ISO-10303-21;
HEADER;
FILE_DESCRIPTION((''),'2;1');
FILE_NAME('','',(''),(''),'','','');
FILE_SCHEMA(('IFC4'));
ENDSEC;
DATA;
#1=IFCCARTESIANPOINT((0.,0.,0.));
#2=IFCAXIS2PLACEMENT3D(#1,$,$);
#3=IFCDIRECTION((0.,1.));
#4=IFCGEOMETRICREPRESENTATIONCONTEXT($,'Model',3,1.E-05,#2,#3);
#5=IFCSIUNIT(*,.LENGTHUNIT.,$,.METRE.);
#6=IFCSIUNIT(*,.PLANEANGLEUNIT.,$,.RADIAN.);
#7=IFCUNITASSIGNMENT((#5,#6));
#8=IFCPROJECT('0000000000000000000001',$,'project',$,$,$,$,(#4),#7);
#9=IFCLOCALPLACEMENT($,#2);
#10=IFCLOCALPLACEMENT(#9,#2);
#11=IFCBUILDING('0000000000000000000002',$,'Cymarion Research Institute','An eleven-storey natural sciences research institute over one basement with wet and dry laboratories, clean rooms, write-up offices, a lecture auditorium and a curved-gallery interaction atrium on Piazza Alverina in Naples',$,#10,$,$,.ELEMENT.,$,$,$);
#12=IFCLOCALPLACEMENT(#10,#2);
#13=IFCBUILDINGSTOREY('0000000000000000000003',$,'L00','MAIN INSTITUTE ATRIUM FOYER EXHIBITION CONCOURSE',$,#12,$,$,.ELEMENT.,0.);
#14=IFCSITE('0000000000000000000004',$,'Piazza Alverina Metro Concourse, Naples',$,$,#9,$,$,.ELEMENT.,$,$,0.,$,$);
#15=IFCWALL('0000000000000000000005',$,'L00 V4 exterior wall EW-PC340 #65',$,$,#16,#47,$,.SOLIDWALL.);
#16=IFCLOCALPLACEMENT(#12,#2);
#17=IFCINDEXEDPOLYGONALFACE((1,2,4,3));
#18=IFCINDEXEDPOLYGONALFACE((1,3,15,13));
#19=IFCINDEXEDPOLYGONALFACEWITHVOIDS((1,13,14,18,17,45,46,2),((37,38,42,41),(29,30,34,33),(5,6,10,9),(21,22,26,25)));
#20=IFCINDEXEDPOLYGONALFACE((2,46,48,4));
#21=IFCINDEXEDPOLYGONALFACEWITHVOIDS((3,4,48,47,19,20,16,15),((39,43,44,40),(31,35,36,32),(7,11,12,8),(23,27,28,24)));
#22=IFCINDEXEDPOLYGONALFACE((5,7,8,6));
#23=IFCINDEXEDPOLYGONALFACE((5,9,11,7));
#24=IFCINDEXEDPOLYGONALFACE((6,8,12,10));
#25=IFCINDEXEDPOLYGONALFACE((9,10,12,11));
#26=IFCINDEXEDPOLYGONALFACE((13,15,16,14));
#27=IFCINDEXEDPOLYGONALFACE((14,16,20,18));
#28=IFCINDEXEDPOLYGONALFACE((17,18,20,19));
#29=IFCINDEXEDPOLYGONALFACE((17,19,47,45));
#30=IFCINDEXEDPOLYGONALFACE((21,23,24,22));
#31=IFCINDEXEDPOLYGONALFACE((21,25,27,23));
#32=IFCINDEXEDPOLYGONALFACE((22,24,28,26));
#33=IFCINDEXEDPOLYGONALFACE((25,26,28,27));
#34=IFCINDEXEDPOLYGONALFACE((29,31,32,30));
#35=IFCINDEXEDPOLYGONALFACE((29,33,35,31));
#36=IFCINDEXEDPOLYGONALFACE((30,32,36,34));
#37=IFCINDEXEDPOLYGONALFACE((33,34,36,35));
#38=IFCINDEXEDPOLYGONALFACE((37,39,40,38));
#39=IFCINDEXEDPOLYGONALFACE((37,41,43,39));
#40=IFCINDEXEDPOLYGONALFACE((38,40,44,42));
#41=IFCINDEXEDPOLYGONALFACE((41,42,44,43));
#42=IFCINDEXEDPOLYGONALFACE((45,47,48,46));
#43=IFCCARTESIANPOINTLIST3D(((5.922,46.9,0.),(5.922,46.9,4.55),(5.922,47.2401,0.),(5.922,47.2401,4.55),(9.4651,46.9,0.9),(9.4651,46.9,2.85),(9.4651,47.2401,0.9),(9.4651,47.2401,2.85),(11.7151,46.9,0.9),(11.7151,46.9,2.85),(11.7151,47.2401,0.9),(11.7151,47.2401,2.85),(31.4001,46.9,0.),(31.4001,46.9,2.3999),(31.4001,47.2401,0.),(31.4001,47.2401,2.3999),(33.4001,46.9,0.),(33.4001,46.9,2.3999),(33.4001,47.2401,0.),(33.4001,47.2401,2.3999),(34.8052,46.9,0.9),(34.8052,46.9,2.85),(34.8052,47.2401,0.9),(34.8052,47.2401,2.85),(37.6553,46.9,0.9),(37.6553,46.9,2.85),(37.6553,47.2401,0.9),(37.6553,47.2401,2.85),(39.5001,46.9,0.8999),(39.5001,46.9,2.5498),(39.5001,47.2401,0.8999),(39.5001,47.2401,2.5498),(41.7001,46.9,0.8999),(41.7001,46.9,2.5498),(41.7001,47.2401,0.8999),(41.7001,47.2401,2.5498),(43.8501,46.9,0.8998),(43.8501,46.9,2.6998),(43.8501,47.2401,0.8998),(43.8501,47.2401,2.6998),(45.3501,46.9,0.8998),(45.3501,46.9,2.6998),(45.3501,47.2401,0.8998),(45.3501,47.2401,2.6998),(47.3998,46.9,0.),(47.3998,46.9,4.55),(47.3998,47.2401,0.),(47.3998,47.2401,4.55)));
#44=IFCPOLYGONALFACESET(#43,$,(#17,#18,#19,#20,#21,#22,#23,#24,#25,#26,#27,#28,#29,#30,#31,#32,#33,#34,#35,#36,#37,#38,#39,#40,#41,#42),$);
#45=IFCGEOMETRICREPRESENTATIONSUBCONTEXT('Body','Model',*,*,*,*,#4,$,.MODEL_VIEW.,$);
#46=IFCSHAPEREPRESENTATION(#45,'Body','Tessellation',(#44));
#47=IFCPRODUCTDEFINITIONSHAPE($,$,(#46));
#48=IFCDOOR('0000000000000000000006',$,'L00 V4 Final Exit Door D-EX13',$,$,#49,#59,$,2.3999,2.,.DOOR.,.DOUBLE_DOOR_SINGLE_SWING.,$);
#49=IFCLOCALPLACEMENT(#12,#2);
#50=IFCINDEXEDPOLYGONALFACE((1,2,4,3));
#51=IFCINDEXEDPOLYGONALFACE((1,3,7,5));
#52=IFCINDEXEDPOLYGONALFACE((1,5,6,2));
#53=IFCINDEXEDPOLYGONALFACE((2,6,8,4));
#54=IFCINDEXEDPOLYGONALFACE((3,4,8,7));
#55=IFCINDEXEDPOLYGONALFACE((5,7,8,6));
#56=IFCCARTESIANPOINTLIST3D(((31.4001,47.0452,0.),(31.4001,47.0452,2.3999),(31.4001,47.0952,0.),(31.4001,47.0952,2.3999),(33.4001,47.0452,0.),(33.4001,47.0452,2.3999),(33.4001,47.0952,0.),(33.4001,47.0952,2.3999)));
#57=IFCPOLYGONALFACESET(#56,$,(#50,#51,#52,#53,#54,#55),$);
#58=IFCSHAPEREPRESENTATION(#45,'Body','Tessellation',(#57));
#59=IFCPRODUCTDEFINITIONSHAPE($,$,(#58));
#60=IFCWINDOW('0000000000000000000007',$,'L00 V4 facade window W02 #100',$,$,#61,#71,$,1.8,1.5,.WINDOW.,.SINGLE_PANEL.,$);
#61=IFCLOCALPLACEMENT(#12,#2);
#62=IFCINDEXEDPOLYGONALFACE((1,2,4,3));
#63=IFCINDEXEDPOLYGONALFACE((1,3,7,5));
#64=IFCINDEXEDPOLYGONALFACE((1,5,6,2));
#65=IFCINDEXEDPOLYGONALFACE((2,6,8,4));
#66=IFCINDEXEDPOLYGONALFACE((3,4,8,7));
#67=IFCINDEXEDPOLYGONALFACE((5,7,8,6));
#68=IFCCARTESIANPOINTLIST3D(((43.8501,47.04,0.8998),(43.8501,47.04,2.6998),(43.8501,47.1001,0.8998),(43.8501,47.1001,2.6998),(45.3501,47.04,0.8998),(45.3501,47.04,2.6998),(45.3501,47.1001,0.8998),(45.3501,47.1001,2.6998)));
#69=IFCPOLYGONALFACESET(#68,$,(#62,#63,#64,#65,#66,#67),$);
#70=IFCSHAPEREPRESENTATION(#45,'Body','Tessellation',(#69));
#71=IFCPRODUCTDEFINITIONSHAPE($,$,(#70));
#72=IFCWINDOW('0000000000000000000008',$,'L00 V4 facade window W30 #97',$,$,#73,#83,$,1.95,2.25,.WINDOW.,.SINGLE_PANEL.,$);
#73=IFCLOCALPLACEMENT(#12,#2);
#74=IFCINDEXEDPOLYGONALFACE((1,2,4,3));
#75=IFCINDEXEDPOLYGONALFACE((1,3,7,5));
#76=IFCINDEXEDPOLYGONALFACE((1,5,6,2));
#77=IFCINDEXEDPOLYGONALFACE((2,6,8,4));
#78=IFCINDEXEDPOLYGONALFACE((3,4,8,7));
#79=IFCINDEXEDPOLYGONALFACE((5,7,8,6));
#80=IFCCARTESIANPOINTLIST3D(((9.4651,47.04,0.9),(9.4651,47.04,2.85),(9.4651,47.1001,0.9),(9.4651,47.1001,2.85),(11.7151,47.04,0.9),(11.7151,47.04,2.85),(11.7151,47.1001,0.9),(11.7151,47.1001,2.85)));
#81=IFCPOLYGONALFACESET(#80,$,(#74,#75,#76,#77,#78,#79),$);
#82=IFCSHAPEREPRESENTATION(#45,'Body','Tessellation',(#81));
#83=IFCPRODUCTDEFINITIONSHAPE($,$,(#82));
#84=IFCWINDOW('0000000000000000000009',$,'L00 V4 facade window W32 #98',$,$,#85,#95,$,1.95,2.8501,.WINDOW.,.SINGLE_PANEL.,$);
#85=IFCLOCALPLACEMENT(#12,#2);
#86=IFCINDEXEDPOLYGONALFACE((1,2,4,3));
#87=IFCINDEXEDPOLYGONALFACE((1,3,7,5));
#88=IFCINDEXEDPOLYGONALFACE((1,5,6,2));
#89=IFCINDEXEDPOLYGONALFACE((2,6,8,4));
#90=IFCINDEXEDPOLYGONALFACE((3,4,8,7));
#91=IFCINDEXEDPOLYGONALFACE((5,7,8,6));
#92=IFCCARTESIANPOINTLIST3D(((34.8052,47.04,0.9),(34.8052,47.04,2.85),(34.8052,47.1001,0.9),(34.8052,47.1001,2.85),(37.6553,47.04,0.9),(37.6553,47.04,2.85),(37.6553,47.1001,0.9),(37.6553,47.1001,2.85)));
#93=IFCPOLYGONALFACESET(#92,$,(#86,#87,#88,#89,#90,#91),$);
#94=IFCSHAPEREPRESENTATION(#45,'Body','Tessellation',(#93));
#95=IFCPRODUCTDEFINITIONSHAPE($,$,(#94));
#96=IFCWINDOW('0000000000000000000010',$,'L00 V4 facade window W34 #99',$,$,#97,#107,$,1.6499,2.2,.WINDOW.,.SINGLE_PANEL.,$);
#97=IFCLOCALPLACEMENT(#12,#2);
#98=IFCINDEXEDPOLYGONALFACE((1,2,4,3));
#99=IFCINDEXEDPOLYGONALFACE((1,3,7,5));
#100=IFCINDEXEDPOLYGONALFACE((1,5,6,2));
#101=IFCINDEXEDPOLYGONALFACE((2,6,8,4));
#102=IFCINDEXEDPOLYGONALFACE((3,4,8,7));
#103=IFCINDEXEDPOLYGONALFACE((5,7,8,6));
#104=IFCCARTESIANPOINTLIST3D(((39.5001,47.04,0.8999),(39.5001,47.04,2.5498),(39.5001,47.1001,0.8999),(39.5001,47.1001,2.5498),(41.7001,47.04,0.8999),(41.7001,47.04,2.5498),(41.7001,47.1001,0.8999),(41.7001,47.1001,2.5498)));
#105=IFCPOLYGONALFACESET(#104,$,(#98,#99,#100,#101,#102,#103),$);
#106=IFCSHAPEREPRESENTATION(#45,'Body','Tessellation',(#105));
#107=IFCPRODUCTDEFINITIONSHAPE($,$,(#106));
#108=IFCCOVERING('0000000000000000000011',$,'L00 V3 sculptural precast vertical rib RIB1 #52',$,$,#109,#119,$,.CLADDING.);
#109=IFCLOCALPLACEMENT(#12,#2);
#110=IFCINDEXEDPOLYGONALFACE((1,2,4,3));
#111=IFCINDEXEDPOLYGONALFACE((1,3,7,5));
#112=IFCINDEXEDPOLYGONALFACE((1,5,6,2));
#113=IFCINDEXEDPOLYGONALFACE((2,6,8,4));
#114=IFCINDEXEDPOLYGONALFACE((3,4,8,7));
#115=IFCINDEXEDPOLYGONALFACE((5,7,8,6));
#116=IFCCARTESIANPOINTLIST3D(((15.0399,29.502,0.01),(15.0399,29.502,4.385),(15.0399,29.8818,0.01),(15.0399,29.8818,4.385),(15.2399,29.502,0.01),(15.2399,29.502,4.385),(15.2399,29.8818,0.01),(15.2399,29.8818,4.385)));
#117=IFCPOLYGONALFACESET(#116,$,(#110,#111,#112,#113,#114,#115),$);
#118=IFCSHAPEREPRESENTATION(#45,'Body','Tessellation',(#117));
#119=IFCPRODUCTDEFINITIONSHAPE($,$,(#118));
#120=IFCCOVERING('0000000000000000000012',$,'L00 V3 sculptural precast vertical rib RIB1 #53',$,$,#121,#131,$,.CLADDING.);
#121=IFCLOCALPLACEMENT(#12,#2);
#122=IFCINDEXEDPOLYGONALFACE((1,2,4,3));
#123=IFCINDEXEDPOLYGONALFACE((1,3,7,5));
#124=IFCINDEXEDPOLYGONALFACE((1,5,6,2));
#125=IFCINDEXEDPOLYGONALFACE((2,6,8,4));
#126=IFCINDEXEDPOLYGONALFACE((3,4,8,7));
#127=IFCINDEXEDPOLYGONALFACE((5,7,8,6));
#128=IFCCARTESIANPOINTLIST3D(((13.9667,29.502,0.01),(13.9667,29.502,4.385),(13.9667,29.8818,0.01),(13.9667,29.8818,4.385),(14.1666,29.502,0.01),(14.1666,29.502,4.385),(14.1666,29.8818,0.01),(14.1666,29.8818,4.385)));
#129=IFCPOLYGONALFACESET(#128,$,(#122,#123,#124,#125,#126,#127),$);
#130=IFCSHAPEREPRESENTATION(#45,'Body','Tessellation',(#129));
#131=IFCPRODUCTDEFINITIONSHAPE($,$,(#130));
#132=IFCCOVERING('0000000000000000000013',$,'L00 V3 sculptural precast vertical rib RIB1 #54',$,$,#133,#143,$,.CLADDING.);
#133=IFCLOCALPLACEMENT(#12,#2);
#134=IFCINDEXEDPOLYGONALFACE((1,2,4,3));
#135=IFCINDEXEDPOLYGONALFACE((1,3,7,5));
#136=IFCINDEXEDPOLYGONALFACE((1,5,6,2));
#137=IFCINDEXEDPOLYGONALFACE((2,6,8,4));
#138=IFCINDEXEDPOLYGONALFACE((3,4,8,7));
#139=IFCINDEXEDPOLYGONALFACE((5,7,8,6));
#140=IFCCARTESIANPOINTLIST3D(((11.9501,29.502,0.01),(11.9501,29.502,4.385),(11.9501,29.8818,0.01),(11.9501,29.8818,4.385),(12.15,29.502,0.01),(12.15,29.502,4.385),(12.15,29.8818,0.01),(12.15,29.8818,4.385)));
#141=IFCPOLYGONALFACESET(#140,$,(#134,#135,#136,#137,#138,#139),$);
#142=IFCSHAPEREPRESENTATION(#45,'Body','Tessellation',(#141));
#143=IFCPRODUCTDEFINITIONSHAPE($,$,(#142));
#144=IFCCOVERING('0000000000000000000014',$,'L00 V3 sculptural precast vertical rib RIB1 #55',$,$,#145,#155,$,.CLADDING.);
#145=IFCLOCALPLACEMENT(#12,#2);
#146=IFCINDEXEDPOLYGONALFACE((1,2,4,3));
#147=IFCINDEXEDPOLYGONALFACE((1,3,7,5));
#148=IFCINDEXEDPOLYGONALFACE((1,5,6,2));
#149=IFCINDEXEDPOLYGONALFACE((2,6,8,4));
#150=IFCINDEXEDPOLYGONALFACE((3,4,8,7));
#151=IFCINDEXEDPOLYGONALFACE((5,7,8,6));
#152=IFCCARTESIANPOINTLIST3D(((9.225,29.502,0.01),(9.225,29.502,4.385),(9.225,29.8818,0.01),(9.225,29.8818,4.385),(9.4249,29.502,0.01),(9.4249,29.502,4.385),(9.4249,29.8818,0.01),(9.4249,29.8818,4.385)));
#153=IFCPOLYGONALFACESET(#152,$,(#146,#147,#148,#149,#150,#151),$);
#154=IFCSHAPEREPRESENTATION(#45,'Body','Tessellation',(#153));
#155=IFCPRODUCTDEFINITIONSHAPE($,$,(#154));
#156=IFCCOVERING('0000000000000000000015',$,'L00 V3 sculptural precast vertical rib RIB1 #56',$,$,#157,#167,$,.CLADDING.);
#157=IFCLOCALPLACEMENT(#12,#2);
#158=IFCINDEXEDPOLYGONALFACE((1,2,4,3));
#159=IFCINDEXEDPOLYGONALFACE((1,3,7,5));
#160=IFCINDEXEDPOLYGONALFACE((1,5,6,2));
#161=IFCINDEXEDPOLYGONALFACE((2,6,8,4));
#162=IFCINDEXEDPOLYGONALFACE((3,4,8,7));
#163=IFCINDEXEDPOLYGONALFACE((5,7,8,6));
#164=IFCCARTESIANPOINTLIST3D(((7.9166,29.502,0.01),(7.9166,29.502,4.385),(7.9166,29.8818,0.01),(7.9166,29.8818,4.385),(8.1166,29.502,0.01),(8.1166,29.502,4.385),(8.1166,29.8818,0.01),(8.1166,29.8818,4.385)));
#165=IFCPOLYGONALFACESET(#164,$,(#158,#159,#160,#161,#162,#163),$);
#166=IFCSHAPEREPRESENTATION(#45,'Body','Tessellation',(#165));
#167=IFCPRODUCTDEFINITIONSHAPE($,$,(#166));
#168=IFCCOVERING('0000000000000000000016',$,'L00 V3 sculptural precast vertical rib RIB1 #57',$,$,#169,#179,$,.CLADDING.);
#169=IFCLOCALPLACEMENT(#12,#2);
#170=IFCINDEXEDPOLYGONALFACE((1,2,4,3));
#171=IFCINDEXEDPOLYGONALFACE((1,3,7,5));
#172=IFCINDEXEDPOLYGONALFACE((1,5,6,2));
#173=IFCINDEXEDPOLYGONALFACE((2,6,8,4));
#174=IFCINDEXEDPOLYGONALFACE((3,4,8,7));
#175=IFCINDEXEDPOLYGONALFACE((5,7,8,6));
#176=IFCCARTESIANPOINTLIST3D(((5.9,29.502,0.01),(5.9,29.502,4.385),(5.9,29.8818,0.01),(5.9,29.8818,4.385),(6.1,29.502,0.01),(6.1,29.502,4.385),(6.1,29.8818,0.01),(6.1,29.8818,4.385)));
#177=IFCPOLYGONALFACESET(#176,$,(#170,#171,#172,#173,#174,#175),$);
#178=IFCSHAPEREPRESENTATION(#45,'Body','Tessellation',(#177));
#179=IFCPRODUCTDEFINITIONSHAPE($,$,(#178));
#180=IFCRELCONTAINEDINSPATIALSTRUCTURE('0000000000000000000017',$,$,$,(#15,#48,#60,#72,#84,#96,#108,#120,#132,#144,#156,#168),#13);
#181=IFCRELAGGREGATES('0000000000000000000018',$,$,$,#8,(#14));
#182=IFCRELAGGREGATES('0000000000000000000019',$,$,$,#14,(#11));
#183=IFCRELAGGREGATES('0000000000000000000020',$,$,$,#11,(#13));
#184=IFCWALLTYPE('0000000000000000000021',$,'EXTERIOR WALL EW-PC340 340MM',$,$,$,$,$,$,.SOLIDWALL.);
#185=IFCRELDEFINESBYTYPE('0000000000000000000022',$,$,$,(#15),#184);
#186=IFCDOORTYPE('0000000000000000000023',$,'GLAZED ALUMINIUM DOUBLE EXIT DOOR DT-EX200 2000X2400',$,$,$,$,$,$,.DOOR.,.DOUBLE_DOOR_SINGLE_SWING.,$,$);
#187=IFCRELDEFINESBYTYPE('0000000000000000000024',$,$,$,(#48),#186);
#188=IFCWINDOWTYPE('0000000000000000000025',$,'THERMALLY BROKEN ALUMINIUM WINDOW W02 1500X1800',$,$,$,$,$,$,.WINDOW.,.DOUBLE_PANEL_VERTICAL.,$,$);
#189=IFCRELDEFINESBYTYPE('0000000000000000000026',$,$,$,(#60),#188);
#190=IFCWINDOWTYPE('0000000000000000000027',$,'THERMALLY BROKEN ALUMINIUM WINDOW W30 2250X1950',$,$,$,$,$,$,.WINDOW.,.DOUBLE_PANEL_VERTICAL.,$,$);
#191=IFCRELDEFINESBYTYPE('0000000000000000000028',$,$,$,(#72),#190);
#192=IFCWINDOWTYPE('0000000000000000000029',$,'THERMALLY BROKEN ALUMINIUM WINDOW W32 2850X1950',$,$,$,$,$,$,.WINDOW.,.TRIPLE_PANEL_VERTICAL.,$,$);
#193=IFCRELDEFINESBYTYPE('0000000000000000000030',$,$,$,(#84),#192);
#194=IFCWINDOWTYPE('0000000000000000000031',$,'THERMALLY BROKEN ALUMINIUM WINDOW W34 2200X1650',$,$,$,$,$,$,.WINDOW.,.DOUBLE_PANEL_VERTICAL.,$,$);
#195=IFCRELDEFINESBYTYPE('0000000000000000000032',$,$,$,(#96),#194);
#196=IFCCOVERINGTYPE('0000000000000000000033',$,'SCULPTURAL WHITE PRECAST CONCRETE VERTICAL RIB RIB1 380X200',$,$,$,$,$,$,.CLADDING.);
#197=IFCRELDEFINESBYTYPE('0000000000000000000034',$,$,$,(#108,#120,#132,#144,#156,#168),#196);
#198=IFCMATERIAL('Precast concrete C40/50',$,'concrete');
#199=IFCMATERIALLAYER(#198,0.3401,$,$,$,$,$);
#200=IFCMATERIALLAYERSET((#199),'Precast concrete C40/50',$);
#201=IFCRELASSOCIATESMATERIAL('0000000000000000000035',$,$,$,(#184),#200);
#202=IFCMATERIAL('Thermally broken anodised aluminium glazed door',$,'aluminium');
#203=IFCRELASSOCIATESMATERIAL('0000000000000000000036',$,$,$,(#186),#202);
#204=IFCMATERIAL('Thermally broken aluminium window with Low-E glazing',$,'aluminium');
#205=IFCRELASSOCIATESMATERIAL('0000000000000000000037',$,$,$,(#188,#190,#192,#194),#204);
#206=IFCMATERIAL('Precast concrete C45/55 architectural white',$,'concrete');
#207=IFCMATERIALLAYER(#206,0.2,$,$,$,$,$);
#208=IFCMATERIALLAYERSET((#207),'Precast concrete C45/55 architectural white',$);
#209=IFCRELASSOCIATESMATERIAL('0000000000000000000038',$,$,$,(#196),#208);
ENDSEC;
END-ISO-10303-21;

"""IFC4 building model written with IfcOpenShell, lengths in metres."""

from ifc_helpers import new_model, si_unit, direction, frame, frame_2d, origin, origin_2d, place, context, subcontext, project, spatial, rectangle, extrude, material, layer, layer_set, type_object, element, fill, save


model = new_model("IFC4")

# Units and contexts
model_context = context("Model", 3, precision=1e-05, world=origin(), true_north=direction((0.0, 1.0)))
body_context = subcontext(model_context, "Body", "Model", "MODEL_VIEW")
ifc_project = project(units=[si_unit("LENGTHUNIT", "METRE"), si_unit("PLANEANGLEUNIT", "RADIAN")], contexts=[model_context])

# Site, building, storey
site_placement = place(None, origin())
site = spatial("IfcSite", under=ifc_project, at=site_placement, Name="Piazza Alverina Metro Concourse, Naples", CompositionType="ELEMENT", RefElevation=0.0)
building_placement = place(site_placement, origin())
building = spatial("IfcBuilding", under=site, at=building_placement, Name="Cymarion Research Institute", Description="An eleven-storey natural sciences research institute over one basement with wet and dry laboratories, clean rooms, write-up offices, a lecture auditorium and a curved-gallery interaction atrium on Piazza Alverina in Naples", CompositionType="ELEMENT")
storey_placement = place(building_placement, origin())
storey = spatial("IfcBuildingStorey", under=building, at=storey_placement, Name="L00", Description="MAIN INSTITUTE ATRIUM FOYER EXHIBITION CONCOURSE", CompositionType="ELEMENT", Elevation=0.0)

# Wall, openings, door, windows
ifc_material_1 = material(Name="Precast concrete C40/50", Category="concrete")
ifc_layer_1 = layer(ifc_material_1, 0.3401)
ifc_layer_set_1 = layer_set([ifc_layer_1], Name="Precast concrete C40/50")
wall_type = type_object("IfcWallType", Name="EXTERIOR WALL EW-PC340 340MM", PredefinedType="SOLIDWALL", material=ifc_layer_set_1)
wall_placement = place(storey_placement, frame((5.9221, 47.0701, 0.0), z_axis=(0.0, 0.0, 1.0), x_axis=(1.0, 0.0, 0.0)))
wall = element("IfcWall", 1, at=wall_placement, inside=storey, type_object=wall_type, Name="L00 V4 exterior wall EW-PC340 #65", PredefinedType="SOLIDWALL", context=body_context, shape_type="SweptSolid", body=[
    extrude(rectangle(XDim=41.4778, YDim=0.3401, at=frame_2d((20.7388, 0.0))), origin(), (0.0, 0.0, 1.0), 4.55),
])
opening_1_placement = place(wall_placement, frame((25.478, 0.0, 0.0)))
opening_1 = element("IfcOpeningElement", 2, at=opening_1_placement, cuts=wall, PredefinedType="OPENING", context=body_context, shape_type="SweptSolid", body=[
    extrude(rectangle(XDim=2.0, YDim=2.3999, at=frame_2d((1.0, 1.2))), frame((0.0, 0.1799, 0.0), z_axis=(0.0, -1.0, 0.0), x_axis=(1.0, 0.0, 0.0)), (0.0, 0.0, 1.0), 0.3601),
])
opening_2_placement = place(wall_placement, frame((3.543, 0.0, 0.8999)))
opening_2 = element("IfcOpeningElement", 3, at=opening_2_placement, cuts=wall, PredefinedType="OPENING", context=body_context, shape_type="SweptSolid", body=[
    extrude(rectangle(XDim=2.25, YDim=1.95, at=frame_2d((1.125, 0.9751))), frame((0.0, 0.1799, 0.0), z_axis=(0.0, -1.0, 0.0), x_axis=(1.0, 0.0, 0.0)), (0.0, 0.0, 1.0), 0.3601),
])
opening_3_placement = place(wall_placement, frame((28.8831, 0.0, 0.8999)))
opening_3 = element("IfcOpeningElement", 4, at=opening_3_placement, cuts=wall, PredefinedType="OPENING", context=body_context, shape_type="SweptSolid", body=[
    extrude(rectangle(XDim=2.8501, YDim=1.95, at=frame_2d((1.425, 0.9751))), frame((0.0, 0.1799, 0.0), z_axis=(0.0, -1.0, 0.0), x_axis=(1.0, 0.0, 0.0)), (0.0, 0.0, 1.0), 0.3601),
])
opening_4_placement = place(wall_placement, frame((33.5779, 0.0, 0.8999)))
opening_4 = element("IfcOpeningElement", 5, at=opening_4_placement, cuts=wall, PredefinedType="OPENING", context=body_context, shape_type="SweptSolid", body=[
    extrude(rectangle(XDim=2.2, YDim=1.6499, at=frame_2d((1.1001, 0.825))), frame((0.0, 0.1799, 0.0), z_axis=(0.0, -1.0, 0.0), x_axis=(1.0, 0.0, 0.0)), (0.0, 0.0, 1.0), 0.3601),
])
opening_5_placement = place(wall_placement, frame((37.928, 0.0, 0.8999)))
opening_5 = element("IfcOpeningElement", 6, at=opening_5_placement, cuts=wall, PredefinedType="OPENING", context=body_context, shape_type="SweptSolid", body=[
    extrude(rectangle(XDim=1.5, YDim=1.8, at=frame_2d((0.75, 0.8999))), frame((0.0, 0.1799, 0.0), z_axis=(0.0, -1.0, 0.0), x_axis=(1.0, 0.0, 0.0)), (0.0, 0.0, 1.0), 0.3601),
])
ifc_material_2 = material(Name="Thermally broken anodised aluminium glazed door", Category="aluminium")
door_type = type_object("IfcDoorType", Name="GLAZED ALUMINIUM DOUBLE EXIT DOOR DT-EX200 2000X2400", OperationType="DOUBLE_DOOR_SINGLE_SWING", PredefinedType="DOOR", material=ifc_material_2)
door_placement = place(opening_1_placement, frame((2.0, 0.0, 0.0), z_axis=(0.0, 0.0, 1.0), x_axis=(-1.0, 0.0, 0.0)))
door = element("IfcDoor", 7, at=door_placement, inside=storey, type_object=door_type, Name="L00 V4 Final Exit Door D-EX13", OperationType="DOUBLE_DOOR_SINGLE_SWING", OverallHeight=2.3999, OverallWidth=2.0, PredefinedType="DOOR", context=body_context, shape_type="SweptSolid", body=[
    extrude(rectangle(XDim=2.0, YDim=2.3999, at=frame_2d((1.0, 1.2))), frame((0.0, 0.0249, 0.0), z_axis=(0.0, -1.0, 0.0), x_axis=(1.0, 0.0, 0.0)), (0.0, 0.0, 1.0), 0.05),
])
fill(opening_1, door)
ifc_material_3 = material(Name="Thermally broken aluminium window with Low-E glazing", Category="aluminium")
window_type_1 = type_object("IfcWindowType", Name="THERMALLY BROKEN ALUMINIUM WINDOW W02 1500X1800", PartitioningType="DOUBLE_PANEL_VERTICAL", PredefinedType="WINDOW", material=ifc_material_3)
window_1_placement = place(opening_5_placement, origin())
window_1 = element("IfcWindow", 8, at=window_1_placement, inside=storey, type_object=window_type_1, Name="L00 V4 facade window W02 #100", OverallHeight=1.8, OverallWidth=1.5, PartitioningType="SINGLE_PANEL", PredefinedType="WINDOW", context=body_context, shape_type="SweptSolid", body=[
    extrude(rectangle(XDim=1.5, YDim=1.8, at=frame_2d((0.75, 0.8999))), frame((0.0, 0.03, 0.0), z_axis=(0.0, -1.0, 0.0), x_axis=(1.0, 0.0, 0.0)), (0.0, 0.0, 1.0), 0.0601),
])
fill(opening_5, window_1)
window_type_2 = type_object("IfcWindowType", Name="THERMALLY BROKEN ALUMINIUM WINDOW W30 2250X1950", PartitioningType="DOUBLE_PANEL_VERTICAL", PredefinedType="WINDOW", material=ifc_material_3)
window_2_placement = place(opening_2_placement, origin())
window_2 = element("IfcWindow", 9, at=window_2_placement, inside=storey, type_object=window_type_2, Name="L00 V4 facade window W30 #97", OverallHeight=1.95, OverallWidth=2.25, PartitioningType="SINGLE_PANEL", PredefinedType="WINDOW", context=body_context, shape_type="SweptSolid", body=[
    extrude(rectangle(XDim=2.25, YDim=1.95, at=frame_2d((1.125, 0.9751))), frame((0.0, 0.03, 0.0), z_axis=(0.0, -1.0, 0.0), x_axis=(1.0, 0.0, 0.0)), (0.0, 0.0, 1.0), 0.0601),
])
fill(opening_2, window_2)
window_type_3 = type_object("IfcWindowType", Name="THERMALLY BROKEN ALUMINIUM WINDOW W32 2850X1950", PartitioningType="TRIPLE_PANEL_VERTICAL", PredefinedType="WINDOW", material=ifc_material_3)
window_3_placement = place(opening_3_placement, origin())
window_3 = element("IfcWindow", 10, at=window_3_placement, inside=storey, type_object=window_type_3, Name="L00 V4 facade window W32 #98", OverallHeight=1.95, OverallWidth=2.8501, PartitioningType="SINGLE_PANEL", PredefinedType="WINDOW", context=body_context, shape_type="SweptSolid", body=[
    extrude(rectangle(XDim=2.8501, YDim=1.95, at=frame_2d((1.425, 0.9751))), frame((0.0, 0.03, 0.0), z_axis=(0.0, -1.0, 0.0), x_axis=(1.0, 0.0, 0.0)), (0.0, 0.0, 1.0), 0.0601),
])
fill(opening_3, window_3)
window_type_4 = type_object("IfcWindowType", Name="THERMALLY BROKEN ALUMINIUM WINDOW W34 2200X1650", PartitioningType="DOUBLE_PANEL_VERTICAL", PredefinedType="WINDOW", material=ifc_material_3)
window_4_placement = place(opening_4_placement, origin())
window_4 = element("IfcWindow", 11, at=window_4_placement, inside=storey, type_object=window_type_4, Name="L00 V4 facade window W34 #99", OverallHeight=1.6499, OverallWidth=2.2, PartitioningType="SINGLE_PANEL", PredefinedType="WINDOW", context=body_context, shape_type="SweptSolid", body=[
    extrude(rectangle(XDim=2.2, YDim=1.6499, at=frame_2d((1.1001, 0.825))), frame((0.0, 0.03, 0.0), z_axis=(0.0, -1.0, 0.0), x_axis=(1.0, 0.0, 0.0)), (0.0, 0.0, 1.0), 0.0601),
])
fill(opening_4, window_4)

# Coverings
ifc_material_4 = material(Name="Precast concrete C45/55 architectural white", Category="concrete")
ifc_layer_2 = layer(ifc_material_4, 0.2)
ifc_layer_set_2 = layer_set([ifc_layer_2], Name="Precast concrete C45/55 architectural white")
covering_type = type_object("IfcCoveringType", Name="SCULPTURAL WHITE PRECAST CONCRETE VERTICAL RIB RIB1 380X200", PredefinedType="CLADDING", material=ifc_layer_set_2)
for number, where, z_axis, x_axis, name in (
    (12, (15.1399, 29.6919, 0.01), (0.0, 0.0, 1.0), (0.0, 1.0, 0.0), "L00 V3 sculptural precast vertical rib RIB1 #52"),
    (13, (14.0667, 29.6919, 0.01), (0.0, 0.0, 1.0), (0.0, 1.0, 0.0), "L00 V3 sculptural precast vertical rib RIB1 #53"),
    (14, (12.05, 29.6919, 0.01), (0.0, 0.0, 1.0), (0.0, 1.0, 0.0), "L00 V3 sculptural precast vertical rib RIB1 #54"),
    (15, (9.325, 29.6919, 0.01), (0.0, 0.0, 1.0), (0.0, 1.0, 0.0), "L00 V3 sculptural precast vertical rib RIB1 #55"),
    (16, (8.0166, 29.6919, 0.01), (0.0, 0.0, 1.0), (0.0, 1.0, 0.0), "L00 V3 sculptural precast vertical rib RIB1 #56"),
    (17, (6.0, 29.6919, 0.01), (0.0, 0.0, 1.0), (0.0, 1.0, 0.0), "L00 V3 sculptural precast vertical rib RIB1 #57"),
):
    element("IfcCovering", number, at=place(storey_placement, frame(where, z_axis=z_axis, x_axis=x_axis)), inside=storey, type_object=covering_type, Name=name, PredefinedType="CLADDING", context=body_context, shape_type="SweptSolid", body=[
        extrude(rectangle(XDim=0.3799, YDim=0.2, at=origin_2d()), origin(), (0.0, 0.0, 1.0), 4.375),
    ])

save(model, "model.ifc")
